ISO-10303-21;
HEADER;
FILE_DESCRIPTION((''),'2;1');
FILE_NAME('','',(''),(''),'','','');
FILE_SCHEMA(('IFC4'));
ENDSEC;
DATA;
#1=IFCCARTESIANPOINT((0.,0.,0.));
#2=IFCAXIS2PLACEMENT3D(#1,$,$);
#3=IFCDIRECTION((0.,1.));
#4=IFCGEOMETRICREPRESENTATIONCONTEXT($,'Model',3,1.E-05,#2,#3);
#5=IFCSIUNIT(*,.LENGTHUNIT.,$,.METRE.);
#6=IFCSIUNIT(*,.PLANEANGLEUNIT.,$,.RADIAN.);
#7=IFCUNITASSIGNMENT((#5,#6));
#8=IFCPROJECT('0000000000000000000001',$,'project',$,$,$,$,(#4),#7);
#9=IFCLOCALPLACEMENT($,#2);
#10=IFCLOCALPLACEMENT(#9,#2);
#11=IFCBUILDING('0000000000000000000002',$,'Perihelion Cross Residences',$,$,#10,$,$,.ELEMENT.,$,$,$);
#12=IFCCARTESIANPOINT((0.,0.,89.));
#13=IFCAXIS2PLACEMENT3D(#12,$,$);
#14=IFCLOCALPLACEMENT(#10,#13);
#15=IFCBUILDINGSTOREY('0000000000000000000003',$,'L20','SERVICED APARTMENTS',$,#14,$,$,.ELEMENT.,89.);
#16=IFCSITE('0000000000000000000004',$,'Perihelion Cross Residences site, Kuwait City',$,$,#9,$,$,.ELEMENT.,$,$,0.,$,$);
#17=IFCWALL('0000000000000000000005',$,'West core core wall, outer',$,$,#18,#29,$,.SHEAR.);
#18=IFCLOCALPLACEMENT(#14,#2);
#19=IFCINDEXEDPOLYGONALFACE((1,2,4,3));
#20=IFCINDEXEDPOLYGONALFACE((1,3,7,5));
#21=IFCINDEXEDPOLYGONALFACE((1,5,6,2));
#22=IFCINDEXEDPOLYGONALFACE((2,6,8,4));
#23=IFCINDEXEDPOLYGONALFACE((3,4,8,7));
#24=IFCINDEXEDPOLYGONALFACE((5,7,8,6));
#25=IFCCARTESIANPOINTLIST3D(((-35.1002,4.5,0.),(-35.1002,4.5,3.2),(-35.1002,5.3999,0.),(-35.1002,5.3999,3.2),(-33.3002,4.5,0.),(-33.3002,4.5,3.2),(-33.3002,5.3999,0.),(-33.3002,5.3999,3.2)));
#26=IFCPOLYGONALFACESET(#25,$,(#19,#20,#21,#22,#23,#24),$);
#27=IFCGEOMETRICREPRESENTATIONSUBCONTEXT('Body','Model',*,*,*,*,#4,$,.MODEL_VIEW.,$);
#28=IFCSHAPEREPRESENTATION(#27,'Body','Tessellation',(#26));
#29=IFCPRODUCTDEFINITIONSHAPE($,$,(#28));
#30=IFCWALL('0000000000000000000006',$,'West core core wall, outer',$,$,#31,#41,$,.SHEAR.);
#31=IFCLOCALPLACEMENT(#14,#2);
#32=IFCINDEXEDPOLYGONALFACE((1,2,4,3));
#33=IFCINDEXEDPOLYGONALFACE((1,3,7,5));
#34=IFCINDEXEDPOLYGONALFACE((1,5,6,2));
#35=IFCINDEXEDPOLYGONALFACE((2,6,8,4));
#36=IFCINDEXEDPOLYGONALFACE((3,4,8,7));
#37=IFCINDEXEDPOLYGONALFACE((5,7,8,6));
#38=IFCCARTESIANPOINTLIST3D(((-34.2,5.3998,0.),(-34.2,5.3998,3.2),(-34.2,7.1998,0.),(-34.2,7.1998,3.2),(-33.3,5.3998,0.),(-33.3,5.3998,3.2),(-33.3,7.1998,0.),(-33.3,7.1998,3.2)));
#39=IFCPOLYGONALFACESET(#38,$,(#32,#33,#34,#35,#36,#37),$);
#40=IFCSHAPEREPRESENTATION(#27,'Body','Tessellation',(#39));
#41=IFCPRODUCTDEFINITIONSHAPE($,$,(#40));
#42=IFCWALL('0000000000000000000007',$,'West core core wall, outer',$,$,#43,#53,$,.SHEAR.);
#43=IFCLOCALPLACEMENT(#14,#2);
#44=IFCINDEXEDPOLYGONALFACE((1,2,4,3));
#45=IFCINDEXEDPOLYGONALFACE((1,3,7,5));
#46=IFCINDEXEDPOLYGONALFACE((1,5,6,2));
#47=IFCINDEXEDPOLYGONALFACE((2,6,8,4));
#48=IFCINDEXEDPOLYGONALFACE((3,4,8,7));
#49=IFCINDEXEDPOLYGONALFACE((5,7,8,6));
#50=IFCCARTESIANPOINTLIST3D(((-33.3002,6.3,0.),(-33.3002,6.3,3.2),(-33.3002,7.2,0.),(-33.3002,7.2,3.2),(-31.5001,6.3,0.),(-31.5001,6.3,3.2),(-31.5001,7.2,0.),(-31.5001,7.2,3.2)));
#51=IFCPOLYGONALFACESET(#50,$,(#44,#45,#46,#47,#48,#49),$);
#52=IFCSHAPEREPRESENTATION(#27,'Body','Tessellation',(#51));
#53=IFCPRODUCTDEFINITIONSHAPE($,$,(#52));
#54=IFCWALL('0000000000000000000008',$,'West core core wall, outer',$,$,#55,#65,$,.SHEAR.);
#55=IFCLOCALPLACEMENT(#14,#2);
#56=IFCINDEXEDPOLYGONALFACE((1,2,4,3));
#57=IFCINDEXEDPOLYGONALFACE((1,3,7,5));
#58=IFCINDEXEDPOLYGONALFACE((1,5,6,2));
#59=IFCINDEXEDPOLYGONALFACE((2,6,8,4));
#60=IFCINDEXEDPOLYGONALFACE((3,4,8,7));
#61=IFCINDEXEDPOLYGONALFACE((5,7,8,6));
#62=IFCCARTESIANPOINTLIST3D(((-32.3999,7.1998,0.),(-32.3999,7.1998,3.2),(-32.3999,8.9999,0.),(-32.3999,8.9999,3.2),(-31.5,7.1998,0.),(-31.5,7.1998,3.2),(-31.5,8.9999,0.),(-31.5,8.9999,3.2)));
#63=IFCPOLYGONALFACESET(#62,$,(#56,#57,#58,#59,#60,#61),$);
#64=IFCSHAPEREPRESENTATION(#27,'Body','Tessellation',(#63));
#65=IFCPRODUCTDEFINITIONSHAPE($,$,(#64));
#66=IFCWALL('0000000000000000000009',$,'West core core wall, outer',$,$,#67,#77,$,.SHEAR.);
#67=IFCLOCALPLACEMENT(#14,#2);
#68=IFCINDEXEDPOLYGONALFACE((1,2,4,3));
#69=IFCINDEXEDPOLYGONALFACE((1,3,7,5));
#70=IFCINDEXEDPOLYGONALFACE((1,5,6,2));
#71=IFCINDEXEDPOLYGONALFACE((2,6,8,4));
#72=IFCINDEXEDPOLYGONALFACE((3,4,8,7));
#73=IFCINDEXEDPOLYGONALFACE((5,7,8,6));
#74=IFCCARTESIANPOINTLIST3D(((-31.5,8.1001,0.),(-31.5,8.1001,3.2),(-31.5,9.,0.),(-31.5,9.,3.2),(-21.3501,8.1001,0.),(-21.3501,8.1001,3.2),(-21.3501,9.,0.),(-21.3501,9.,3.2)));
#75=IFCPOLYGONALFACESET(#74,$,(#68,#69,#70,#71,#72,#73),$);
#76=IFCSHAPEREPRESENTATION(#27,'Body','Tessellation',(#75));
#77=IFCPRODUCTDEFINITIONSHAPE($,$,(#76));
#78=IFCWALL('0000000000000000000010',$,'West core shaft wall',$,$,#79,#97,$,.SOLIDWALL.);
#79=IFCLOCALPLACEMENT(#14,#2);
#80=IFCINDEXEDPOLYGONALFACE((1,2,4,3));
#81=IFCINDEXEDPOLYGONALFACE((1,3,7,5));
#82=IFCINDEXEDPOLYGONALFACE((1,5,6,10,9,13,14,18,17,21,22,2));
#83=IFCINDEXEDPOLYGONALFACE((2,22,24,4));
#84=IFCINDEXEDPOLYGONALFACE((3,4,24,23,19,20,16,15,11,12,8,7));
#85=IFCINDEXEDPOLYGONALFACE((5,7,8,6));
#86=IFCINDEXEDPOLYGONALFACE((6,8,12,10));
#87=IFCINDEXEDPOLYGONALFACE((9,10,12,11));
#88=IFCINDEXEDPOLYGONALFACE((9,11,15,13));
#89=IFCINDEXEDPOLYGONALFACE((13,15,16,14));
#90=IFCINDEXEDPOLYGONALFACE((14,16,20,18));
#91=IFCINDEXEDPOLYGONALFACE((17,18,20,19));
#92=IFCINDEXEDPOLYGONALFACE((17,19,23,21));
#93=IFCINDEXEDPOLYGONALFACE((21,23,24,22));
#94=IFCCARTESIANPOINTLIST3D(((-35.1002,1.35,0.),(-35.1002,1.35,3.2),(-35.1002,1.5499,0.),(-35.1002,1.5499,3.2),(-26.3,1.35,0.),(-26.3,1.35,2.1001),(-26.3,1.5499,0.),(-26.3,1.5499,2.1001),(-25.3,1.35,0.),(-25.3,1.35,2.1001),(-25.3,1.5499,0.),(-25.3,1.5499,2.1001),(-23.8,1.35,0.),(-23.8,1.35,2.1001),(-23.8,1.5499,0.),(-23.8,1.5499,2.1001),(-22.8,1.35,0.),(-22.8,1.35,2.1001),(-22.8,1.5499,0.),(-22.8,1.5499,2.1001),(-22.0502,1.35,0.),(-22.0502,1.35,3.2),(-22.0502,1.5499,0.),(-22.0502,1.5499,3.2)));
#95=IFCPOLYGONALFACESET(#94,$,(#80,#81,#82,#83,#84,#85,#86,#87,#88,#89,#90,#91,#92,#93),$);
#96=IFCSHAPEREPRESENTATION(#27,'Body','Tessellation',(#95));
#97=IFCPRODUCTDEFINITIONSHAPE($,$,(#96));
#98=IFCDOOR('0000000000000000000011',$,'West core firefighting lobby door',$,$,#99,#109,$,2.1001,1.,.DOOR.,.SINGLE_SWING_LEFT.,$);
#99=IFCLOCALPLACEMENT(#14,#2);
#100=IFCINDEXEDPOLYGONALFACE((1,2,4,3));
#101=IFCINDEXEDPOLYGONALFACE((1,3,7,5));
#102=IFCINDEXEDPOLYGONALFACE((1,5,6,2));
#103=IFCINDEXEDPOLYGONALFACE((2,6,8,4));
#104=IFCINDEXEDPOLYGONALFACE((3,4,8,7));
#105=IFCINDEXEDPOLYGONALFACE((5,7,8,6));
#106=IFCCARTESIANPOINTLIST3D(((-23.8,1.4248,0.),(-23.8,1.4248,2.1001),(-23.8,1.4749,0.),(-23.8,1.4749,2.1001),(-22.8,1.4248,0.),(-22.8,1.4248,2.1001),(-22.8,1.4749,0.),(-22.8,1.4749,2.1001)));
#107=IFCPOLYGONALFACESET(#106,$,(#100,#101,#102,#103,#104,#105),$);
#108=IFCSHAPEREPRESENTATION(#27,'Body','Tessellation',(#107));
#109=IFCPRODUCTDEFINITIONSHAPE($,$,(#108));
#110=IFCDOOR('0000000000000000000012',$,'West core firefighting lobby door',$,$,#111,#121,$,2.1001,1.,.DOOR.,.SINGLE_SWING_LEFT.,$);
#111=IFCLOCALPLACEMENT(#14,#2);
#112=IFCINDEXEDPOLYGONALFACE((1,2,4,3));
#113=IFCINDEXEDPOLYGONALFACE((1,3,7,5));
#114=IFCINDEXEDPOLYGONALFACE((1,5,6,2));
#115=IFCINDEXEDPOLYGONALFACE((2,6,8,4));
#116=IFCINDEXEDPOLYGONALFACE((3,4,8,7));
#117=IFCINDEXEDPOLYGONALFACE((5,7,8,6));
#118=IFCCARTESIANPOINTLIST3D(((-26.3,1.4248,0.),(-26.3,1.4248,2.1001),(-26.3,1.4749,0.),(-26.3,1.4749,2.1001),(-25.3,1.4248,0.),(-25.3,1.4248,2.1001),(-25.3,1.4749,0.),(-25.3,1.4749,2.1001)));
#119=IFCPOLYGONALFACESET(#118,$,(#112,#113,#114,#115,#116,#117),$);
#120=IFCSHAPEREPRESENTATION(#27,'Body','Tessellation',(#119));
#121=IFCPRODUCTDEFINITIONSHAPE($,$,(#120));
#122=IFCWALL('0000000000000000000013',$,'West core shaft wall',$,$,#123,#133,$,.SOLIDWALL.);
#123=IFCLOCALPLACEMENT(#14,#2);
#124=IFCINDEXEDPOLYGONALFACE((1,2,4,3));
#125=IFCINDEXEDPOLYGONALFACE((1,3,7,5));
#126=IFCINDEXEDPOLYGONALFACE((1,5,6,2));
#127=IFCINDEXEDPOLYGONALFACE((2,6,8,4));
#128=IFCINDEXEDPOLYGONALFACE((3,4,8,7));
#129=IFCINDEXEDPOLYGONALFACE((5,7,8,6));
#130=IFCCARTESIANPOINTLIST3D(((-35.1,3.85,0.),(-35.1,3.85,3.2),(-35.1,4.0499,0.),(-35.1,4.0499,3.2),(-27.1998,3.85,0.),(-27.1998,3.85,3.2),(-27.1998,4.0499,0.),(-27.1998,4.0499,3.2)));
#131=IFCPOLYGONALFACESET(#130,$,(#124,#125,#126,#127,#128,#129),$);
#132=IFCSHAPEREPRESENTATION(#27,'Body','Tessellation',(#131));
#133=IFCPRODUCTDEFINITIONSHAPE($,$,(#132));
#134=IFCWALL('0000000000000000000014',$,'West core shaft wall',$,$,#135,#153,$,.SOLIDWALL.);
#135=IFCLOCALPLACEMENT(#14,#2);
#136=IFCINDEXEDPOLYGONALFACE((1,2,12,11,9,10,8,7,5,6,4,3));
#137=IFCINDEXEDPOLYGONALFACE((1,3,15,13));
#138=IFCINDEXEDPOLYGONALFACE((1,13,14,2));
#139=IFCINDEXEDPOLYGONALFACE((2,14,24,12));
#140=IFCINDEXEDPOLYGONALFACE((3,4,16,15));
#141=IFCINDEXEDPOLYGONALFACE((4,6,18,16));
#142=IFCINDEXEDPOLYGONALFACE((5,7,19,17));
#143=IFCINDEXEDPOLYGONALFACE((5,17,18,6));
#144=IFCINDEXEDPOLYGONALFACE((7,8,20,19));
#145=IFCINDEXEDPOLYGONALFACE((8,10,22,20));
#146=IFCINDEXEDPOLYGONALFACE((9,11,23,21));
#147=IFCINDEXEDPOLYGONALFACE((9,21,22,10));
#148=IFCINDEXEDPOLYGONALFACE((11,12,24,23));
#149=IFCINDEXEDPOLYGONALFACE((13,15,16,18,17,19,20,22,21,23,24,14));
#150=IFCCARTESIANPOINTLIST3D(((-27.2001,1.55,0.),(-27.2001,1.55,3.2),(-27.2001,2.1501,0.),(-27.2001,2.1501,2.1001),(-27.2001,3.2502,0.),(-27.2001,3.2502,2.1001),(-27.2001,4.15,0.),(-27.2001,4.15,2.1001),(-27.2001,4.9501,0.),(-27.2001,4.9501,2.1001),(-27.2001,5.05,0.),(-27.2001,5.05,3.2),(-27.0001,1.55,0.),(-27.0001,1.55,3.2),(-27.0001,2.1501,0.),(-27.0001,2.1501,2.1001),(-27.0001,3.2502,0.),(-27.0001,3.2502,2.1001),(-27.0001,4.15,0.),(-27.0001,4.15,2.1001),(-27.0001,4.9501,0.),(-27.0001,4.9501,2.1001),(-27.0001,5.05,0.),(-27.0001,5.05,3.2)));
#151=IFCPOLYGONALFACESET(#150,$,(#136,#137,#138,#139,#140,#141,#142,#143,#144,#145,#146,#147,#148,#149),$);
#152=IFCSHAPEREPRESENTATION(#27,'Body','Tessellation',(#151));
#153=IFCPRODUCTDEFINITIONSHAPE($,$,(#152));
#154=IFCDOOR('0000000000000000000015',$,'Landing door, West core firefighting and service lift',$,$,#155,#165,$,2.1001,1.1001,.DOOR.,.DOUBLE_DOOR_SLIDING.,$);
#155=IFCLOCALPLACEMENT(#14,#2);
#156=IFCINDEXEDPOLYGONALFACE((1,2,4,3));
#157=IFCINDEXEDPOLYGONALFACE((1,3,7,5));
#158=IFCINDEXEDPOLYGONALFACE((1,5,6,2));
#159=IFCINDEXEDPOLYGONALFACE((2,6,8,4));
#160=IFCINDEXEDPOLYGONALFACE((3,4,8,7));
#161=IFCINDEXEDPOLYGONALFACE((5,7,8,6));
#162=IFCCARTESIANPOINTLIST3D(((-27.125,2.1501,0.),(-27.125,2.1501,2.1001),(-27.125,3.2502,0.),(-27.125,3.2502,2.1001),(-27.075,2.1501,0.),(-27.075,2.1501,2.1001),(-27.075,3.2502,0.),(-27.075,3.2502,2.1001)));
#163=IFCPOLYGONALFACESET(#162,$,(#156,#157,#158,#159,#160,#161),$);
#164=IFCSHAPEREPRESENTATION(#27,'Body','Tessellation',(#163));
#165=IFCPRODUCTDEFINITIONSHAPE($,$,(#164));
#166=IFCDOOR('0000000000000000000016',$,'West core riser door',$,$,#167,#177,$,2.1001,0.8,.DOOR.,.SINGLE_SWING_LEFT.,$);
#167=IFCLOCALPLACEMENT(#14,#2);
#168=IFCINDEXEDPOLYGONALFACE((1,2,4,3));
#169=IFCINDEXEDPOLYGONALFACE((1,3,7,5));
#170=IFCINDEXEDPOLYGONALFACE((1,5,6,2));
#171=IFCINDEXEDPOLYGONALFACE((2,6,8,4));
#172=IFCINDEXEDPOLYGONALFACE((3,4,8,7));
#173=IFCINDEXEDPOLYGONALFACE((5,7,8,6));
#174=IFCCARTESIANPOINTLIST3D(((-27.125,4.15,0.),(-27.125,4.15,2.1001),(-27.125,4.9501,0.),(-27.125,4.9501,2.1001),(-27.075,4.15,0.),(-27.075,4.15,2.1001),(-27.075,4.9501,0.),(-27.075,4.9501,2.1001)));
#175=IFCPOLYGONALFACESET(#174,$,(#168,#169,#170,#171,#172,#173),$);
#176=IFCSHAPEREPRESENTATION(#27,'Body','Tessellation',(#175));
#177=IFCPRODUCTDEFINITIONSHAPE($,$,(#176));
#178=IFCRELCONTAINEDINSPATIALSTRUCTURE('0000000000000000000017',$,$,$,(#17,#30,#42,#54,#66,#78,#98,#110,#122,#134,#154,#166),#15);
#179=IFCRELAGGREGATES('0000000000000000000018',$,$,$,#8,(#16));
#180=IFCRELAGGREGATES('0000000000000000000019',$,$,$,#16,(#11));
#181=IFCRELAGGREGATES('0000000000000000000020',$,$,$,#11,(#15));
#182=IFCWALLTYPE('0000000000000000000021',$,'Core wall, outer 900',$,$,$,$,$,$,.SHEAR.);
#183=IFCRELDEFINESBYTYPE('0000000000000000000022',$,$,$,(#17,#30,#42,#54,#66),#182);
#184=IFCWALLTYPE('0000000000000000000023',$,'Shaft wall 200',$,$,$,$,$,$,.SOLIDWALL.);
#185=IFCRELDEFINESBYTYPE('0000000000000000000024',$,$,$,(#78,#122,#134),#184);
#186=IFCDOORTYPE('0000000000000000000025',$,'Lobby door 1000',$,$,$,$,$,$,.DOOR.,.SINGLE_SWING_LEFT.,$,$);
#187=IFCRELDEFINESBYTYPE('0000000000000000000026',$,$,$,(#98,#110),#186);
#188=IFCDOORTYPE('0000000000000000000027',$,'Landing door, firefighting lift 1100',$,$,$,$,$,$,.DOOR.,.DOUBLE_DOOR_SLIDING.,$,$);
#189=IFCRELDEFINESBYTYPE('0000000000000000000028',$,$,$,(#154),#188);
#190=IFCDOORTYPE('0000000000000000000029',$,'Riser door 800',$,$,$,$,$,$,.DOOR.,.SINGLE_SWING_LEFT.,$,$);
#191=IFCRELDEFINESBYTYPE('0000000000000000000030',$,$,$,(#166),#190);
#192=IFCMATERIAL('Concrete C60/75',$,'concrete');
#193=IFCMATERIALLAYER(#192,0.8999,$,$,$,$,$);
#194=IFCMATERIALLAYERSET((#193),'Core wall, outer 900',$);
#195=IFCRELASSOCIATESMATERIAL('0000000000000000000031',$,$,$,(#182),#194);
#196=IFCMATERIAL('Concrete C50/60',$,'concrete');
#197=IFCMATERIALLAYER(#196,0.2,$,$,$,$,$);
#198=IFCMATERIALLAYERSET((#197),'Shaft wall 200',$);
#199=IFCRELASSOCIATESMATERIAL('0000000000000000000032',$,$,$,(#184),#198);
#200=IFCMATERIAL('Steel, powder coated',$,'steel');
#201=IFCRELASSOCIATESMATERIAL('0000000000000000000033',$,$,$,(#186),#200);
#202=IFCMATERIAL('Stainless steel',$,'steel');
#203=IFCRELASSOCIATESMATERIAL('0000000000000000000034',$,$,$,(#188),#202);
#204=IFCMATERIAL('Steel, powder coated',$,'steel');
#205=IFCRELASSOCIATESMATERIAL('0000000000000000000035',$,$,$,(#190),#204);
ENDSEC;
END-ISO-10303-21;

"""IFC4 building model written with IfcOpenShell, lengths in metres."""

from ifc_helpers import new_model, si_unit, direction, frame, frame_2d, origin, place, context, subcontext, project, spatial, rectangle, extrude, material, layer, layer_set, type_object, element, fill, save


model = new_model("IFC4")

# Units and contexts
model_context = context("Model", 3, precision=1e-05, world=origin(), true_north=direction((0.0, 1.0)))
body_context = subcontext(model_context, "Body", "Model", "MODEL_VIEW")
ifc_project = project(units=[si_unit("LENGTHUNIT", "METRE"), si_unit("PLANEANGLEUNIT", "RADIAN")], contexts=[model_context])

# Site, building, storey
site_placement = place(None, origin())
site = spatial("IfcSite", under=ifc_project, at=site_placement, Name="Perihelion Cross Residences site, Kuwait City", CompositionType="ELEMENT", RefElevation=0.0)
building_placement = place(site_placement, origin())
building = spatial("IfcBuilding", under=site, at=building_placement, Name="Perihelion Cross Residences", CompositionType="ELEMENT")
storey_placement = place(building_placement, frame((0.0, 0.0, 89.0)))
storey = spatial("IfcBuildingStorey", under=building, at=storey_placement, Name="L20", Description="SERVICED APARTMENTS", CompositionType="ELEMENT", Elevation=89.0)

# Walls
ifc_material_1 = material(Name="Concrete C60/75", Category="concrete")
ifc_layer_1 = layer(ifc_material_1, 0.8999)
ifc_layer_set_1 = layer_set([ifc_layer_1], Name="Core wall, outer 900")
wall_type_1 = type_object("IfcWallType", Name="Core wall, outer 900", PredefinedType="SHEAR", material=ifc_layer_set_1)
for number, where, z_axis, x_axis, name in (
    (1, (-35.1001, 4.95, 0.0), (0.0, 0.0, 1.0), (1.0, 0.0, 0.0), "West core core wall, outer"),
    (2, (-33.75, 5.3999, 0.0), (0.0, 0.0, 1.0), (0.0, 1.0, 0.0), "West core core wall, outer"),
    (3, (-33.3, 6.75, 0.0), (0.0, 0.0, 1.0), (1.0, 0.0, 0.0), "West core core wall, outer"),
    (4, (-31.95, 7.2, 0.0), (0.0, 0.0, 1.0), (0.0, 1.0, 0.0), "West core core wall, outer"),
):
    element("IfcWall", number, at=place(storey_placement, frame(where, z_axis=z_axis, x_axis=x_axis)), inside=storey, type_object=wall_type_1, Name=name, PredefinedType="SHEAR", context=body_context, shape_type="SweptSolid", body=[
        extrude(rectangle(XDim=1.8, YDim=0.8999, at=frame_2d((0.8999, 0.0))), origin(), (0.0, 0.0, 1.0), 3.2),
    ])
wall_1_placement = place(storey_placement, frame((-31.5, 8.55, 0.0), z_axis=(0.0, 0.0, 1.0), x_axis=(1.0, 0.0, 0.0)))
element("IfcWall", 5, at=wall_1_placement, inside=storey, type_object=wall_type_1, Name="West core core wall, outer", PredefinedType="SHEAR", context=body_context, shape_type="SweptSolid", body=[
    extrude(rectangle(XDim=10.1499, YDim=0.8999, at=frame_2d((5.075, 0.0))), origin(), (0.0, 0.0, 1.0), 3.2),
])

# Wall, openings, doors
ifc_material_2 = material(Name="Concrete C50/60", Category="concrete")
ifc_layer_2 = layer(ifc_material_2, 0.2)
ifc_layer_set_2 = layer_set([ifc_layer_2], Name="Shaft wall 200")
wall_type_2 = type_object("IfcWallType", Name="Shaft wall 200", PredefinedType="SOLIDWALL", material=ifc_layer_set_2)
wall_2_placement = place(storey_placement, frame((-35.1001, 1.45, 0.0), z_axis=(0.0, 0.0, 1.0), x_axis=(1.0, 0.0, 0.0)))
wall_2 = element("IfcWall", 6, at=wall_2_placement, inside=storey, type_object=wall_type_2, Name="West core shaft wall", PredefinedType="SOLIDWALL", context=body_context, shape_type="SweptSolid", body=[
    extrude(rectangle(XDim=13.05, YDim=0.2, at=frame_2d((6.5249, 0.0))), origin(), (0.0, 0.0, 1.0), 3.2),
])
opening_1_placement = place(wall_2_placement, frame((11.3, 0.0, 0.0)))
opening_1 = element("IfcOpeningElement", 7, at=opening_1_placement, cuts=wall_2, PredefinedType="OPENING", context=body_context, shape_type="SweptSolid", body=[
    extrude(rectangle(XDim=1.0, YDim=2.1001, at=frame_2d((0.5, 1.05))), frame((0.0, 0.1099, 0.0), z_axis=(0.0, -1.0, 0.0), x_axis=(1.0, 0.0, 0.0)), (0.0, 0.0, 1.0), 0.22),
])
opening_2_placement = place(wall_2_placement, frame((8.8, 0.0, 0.0)))
opening_2 = element("IfcOpeningElement", 8, at=opening_2_placement, cuts=wall_2, PredefinedType="OPENING", context=body_context, shape_type="SweptSolid", body=[
    extrude(rectangle(XDim=1.0, YDim=2.1001, at=frame_2d((0.5, 1.05))), frame((0.0, 0.1099, 0.0), z_axis=(0.0, -1.0, 0.0), x_axis=(1.0, 0.0, 0.0)), (0.0, 0.0, 1.0), 0.22),
])
ifc_material_3 = material(Name="Steel, powder coated", Category="steel")
door_type_1 = type_object("IfcDoorType", Name="Lobby door 1000", OperationType="SINGLE_SWING_LEFT", PredefinedType="DOOR", material=ifc_material_3)
door_1_placement = place(opening_1_placement, origin())
door_1 = element("IfcDoor", 9, at=door_1_placement, inside=storey, type_object=door_type_1, Name="West core firefighting lobby door", OperationType="SINGLE_SWING_LEFT", OverallHeight=2.1001, OverallWidth=1.0, PredefinedType="DOOR", context=body_context, shape_type="SweptSolid", body=[
    extrude(rectangle(XDim=1.0, YDim=2.1001, at=frame_2d((0.5, 1.05))), frame((0.0, 0.0249, 0.0), z_axis=(0.0, -1.0, 0.0), x_axis=(1.0, 0.0, 0.0)), (0.0, 0.0, 1.0), 0.05),
])
fill(opening_1, door_1)
door_2_placement = place(opening_2_placement, origin())
door_2 = element("IfcDoor", 10, at=door_2_placement, inside=storey, type_object=door_type_1, Name="West core firefighting lobby door", OperationType="SINGLE_SWING_LEFT", OverallHeight=2.1001, OverallWidth=1.0, PredefinedType="DOOR", context=body_context, shape_type="SweptSolid", body=[
    extrude(rectangle(XDim=1.0, YDim=2.1001, at=frame_2d((0.5, 1.05))), frame((0.0, 0.0249, 0.0), z_axis=(0.0, -1.0, 0.0), x_axis=(1.0, 0.0, 0.0)), (0.0, 0.0, 1.0), 0.05),
])
fill(opening_2, door_2)

# Wall
wall_3_placement = place(storey_placement, frame((-35.1001, 3.95, 0.0), z_axis=(0.0, 0.0, 1.0), x_axis=(1.0, 0.0, 0.0)))
element("IfcWall", 11, at=wall_3_placement, inside=storey, type_object=wall_type_2, Name="West core shaft wall", PredefinedType="SOLIDWALL", context=body_context, shape_type="SweptSolid", body=[
    extrude(rectangle(XDim=7.9001, YDim=0.2, at=frame_2d((3.9502, 0.0))), origin(), (0.0, 0.0, 1.0), 3.2),
])

# Wall, openings, doors
wall_4_placement = place(storey_placement, frame((-27.1001, 1.55, 0.0), z_axis=(0.0, 0.0, 1.0), x_axis=(0.0, 1.0, 0.0)))
wall_4 = element("IfcWall", 12, at=wall_4_placement, inside=storey, type_object=wall_type_2, Name="West core shaft wall", PredefinedType="SOLIDWALL", context=body_context, shape_type="SweptSolid", body=[
    extrude(rectangle(XDim=3.5, YDim=0.2, at=frame_2d((1.75, 0.0))), origin(), (0.0, 0.0, 1.0), 3.2),
])
opening_3_placement = place(wall_4_placement, frame((0.6001, 0.0, 0.0)))
opening_3 = element("IfcOpeningElement", 13, at=opening_3_placement, cuts=wall_4, PredefinedType="OPENING", context=body_context, shape_type="SweptSolid", body=[
    extrude(rectangle(XDim=1.1001, YDim=2.1001, at=frame_2d((0.55, 1.05))), frame((0.0, 0.1099, 0.0), z_axis=(0.0, -1.0, 0.0), x_axis=(1.0, 0.0, 0.0)), (0.0, 0.0, 1.0), 0.22),
])
opening_4_placement = place(wall_4_placement, frame((2.6001, 0.0, 0.0)))
opening_4 = element("IfcOpeningElement", 14, at=opening_4_placement, cuts=wall_4, PredefinedType="OPENING", context=body_context, shape_type="SweptSolid", body=[
    extrude(rectangle(XDim=0.8, YDim=2.1001, at=frame_2d((0.3999, 1.05))), frame((0.0, 0.1099, 0.0), z_axis=(0.0, -1.0, 0.0), x_axis=(1.0, 0.0, 0.0)), (0.0, 0.0, 1.0), 0.22),
])
ifc_material_4 = material(Name="Stainless steel", Category="steel")
door_type_2 = type_object("IfcDoorType", Name="Landing door, firefighting lift 1100", OperationType="DOUBLE_DOOR_SLIDING", PredefinedType="DOOR", material=ifc_material_4)
door_3_placement = place(opening_3_placement, origin())
door_3 = element("IfcDoor", 15, at=door_3_placement, inside=storey, type_object=door_type_2, Name="Landing door, West core firefighting and service lift", OperationType="DOUBLE_DOOR_SLIDING", OverallHeight=2.1001, OverallWidth=1.1001, PredefinedType="DOOR", context=body_context, shape_type="SweptSolid", body=[
    extrude(rectangle(XDim=1.1001, YDim=2.1001, at=frame_2d((0.55, 1.05))), frame((0.0, 0.0249, 0.0), z_axis=(0.0, -1.0, 0.0), x_axis=(1.0, 0.0, 0.0)), (0.0, 0.0, 1.0), 0.05),
])
fill(opening_3, door_3)
ifc_material_5 = material(Name="Steel, powder coated", Category="steel")
door_type_3 = type_object("IfcDoorType", Name="Riser door 800", OperationType="SINGLE_SWING_LEFT", PredefinedType="DOOR", material=ifc_material_5)
door_4_placement = place(opening_4_placement, origin())
door_4 = element("IfcDoor", 16, at=door_4_placement, inside=storey, type_object=door_type_3, Name="West core riser door", OperationType="SINGLE_SWING_LEFT", OverallHeight=2.1001, OverallWidth=0.8, PredefinedType="DOOR", context=body_context, shape_type="SweptSolid", body=[
    extrude(rectangle(XDim=0.8, YDim=2.1001, at=frame_2d((0.3999, 1.05))), frame((0.0, 0.0249, 0.0), z_axis=(0.0, -1.0, 0.0), x_axis=(1.0, 0.0, 0.0)), (0.0, 0.0, 1.0), 0.05),
])
fill(opening_4, door_4)

save(model, "model.ifc")
